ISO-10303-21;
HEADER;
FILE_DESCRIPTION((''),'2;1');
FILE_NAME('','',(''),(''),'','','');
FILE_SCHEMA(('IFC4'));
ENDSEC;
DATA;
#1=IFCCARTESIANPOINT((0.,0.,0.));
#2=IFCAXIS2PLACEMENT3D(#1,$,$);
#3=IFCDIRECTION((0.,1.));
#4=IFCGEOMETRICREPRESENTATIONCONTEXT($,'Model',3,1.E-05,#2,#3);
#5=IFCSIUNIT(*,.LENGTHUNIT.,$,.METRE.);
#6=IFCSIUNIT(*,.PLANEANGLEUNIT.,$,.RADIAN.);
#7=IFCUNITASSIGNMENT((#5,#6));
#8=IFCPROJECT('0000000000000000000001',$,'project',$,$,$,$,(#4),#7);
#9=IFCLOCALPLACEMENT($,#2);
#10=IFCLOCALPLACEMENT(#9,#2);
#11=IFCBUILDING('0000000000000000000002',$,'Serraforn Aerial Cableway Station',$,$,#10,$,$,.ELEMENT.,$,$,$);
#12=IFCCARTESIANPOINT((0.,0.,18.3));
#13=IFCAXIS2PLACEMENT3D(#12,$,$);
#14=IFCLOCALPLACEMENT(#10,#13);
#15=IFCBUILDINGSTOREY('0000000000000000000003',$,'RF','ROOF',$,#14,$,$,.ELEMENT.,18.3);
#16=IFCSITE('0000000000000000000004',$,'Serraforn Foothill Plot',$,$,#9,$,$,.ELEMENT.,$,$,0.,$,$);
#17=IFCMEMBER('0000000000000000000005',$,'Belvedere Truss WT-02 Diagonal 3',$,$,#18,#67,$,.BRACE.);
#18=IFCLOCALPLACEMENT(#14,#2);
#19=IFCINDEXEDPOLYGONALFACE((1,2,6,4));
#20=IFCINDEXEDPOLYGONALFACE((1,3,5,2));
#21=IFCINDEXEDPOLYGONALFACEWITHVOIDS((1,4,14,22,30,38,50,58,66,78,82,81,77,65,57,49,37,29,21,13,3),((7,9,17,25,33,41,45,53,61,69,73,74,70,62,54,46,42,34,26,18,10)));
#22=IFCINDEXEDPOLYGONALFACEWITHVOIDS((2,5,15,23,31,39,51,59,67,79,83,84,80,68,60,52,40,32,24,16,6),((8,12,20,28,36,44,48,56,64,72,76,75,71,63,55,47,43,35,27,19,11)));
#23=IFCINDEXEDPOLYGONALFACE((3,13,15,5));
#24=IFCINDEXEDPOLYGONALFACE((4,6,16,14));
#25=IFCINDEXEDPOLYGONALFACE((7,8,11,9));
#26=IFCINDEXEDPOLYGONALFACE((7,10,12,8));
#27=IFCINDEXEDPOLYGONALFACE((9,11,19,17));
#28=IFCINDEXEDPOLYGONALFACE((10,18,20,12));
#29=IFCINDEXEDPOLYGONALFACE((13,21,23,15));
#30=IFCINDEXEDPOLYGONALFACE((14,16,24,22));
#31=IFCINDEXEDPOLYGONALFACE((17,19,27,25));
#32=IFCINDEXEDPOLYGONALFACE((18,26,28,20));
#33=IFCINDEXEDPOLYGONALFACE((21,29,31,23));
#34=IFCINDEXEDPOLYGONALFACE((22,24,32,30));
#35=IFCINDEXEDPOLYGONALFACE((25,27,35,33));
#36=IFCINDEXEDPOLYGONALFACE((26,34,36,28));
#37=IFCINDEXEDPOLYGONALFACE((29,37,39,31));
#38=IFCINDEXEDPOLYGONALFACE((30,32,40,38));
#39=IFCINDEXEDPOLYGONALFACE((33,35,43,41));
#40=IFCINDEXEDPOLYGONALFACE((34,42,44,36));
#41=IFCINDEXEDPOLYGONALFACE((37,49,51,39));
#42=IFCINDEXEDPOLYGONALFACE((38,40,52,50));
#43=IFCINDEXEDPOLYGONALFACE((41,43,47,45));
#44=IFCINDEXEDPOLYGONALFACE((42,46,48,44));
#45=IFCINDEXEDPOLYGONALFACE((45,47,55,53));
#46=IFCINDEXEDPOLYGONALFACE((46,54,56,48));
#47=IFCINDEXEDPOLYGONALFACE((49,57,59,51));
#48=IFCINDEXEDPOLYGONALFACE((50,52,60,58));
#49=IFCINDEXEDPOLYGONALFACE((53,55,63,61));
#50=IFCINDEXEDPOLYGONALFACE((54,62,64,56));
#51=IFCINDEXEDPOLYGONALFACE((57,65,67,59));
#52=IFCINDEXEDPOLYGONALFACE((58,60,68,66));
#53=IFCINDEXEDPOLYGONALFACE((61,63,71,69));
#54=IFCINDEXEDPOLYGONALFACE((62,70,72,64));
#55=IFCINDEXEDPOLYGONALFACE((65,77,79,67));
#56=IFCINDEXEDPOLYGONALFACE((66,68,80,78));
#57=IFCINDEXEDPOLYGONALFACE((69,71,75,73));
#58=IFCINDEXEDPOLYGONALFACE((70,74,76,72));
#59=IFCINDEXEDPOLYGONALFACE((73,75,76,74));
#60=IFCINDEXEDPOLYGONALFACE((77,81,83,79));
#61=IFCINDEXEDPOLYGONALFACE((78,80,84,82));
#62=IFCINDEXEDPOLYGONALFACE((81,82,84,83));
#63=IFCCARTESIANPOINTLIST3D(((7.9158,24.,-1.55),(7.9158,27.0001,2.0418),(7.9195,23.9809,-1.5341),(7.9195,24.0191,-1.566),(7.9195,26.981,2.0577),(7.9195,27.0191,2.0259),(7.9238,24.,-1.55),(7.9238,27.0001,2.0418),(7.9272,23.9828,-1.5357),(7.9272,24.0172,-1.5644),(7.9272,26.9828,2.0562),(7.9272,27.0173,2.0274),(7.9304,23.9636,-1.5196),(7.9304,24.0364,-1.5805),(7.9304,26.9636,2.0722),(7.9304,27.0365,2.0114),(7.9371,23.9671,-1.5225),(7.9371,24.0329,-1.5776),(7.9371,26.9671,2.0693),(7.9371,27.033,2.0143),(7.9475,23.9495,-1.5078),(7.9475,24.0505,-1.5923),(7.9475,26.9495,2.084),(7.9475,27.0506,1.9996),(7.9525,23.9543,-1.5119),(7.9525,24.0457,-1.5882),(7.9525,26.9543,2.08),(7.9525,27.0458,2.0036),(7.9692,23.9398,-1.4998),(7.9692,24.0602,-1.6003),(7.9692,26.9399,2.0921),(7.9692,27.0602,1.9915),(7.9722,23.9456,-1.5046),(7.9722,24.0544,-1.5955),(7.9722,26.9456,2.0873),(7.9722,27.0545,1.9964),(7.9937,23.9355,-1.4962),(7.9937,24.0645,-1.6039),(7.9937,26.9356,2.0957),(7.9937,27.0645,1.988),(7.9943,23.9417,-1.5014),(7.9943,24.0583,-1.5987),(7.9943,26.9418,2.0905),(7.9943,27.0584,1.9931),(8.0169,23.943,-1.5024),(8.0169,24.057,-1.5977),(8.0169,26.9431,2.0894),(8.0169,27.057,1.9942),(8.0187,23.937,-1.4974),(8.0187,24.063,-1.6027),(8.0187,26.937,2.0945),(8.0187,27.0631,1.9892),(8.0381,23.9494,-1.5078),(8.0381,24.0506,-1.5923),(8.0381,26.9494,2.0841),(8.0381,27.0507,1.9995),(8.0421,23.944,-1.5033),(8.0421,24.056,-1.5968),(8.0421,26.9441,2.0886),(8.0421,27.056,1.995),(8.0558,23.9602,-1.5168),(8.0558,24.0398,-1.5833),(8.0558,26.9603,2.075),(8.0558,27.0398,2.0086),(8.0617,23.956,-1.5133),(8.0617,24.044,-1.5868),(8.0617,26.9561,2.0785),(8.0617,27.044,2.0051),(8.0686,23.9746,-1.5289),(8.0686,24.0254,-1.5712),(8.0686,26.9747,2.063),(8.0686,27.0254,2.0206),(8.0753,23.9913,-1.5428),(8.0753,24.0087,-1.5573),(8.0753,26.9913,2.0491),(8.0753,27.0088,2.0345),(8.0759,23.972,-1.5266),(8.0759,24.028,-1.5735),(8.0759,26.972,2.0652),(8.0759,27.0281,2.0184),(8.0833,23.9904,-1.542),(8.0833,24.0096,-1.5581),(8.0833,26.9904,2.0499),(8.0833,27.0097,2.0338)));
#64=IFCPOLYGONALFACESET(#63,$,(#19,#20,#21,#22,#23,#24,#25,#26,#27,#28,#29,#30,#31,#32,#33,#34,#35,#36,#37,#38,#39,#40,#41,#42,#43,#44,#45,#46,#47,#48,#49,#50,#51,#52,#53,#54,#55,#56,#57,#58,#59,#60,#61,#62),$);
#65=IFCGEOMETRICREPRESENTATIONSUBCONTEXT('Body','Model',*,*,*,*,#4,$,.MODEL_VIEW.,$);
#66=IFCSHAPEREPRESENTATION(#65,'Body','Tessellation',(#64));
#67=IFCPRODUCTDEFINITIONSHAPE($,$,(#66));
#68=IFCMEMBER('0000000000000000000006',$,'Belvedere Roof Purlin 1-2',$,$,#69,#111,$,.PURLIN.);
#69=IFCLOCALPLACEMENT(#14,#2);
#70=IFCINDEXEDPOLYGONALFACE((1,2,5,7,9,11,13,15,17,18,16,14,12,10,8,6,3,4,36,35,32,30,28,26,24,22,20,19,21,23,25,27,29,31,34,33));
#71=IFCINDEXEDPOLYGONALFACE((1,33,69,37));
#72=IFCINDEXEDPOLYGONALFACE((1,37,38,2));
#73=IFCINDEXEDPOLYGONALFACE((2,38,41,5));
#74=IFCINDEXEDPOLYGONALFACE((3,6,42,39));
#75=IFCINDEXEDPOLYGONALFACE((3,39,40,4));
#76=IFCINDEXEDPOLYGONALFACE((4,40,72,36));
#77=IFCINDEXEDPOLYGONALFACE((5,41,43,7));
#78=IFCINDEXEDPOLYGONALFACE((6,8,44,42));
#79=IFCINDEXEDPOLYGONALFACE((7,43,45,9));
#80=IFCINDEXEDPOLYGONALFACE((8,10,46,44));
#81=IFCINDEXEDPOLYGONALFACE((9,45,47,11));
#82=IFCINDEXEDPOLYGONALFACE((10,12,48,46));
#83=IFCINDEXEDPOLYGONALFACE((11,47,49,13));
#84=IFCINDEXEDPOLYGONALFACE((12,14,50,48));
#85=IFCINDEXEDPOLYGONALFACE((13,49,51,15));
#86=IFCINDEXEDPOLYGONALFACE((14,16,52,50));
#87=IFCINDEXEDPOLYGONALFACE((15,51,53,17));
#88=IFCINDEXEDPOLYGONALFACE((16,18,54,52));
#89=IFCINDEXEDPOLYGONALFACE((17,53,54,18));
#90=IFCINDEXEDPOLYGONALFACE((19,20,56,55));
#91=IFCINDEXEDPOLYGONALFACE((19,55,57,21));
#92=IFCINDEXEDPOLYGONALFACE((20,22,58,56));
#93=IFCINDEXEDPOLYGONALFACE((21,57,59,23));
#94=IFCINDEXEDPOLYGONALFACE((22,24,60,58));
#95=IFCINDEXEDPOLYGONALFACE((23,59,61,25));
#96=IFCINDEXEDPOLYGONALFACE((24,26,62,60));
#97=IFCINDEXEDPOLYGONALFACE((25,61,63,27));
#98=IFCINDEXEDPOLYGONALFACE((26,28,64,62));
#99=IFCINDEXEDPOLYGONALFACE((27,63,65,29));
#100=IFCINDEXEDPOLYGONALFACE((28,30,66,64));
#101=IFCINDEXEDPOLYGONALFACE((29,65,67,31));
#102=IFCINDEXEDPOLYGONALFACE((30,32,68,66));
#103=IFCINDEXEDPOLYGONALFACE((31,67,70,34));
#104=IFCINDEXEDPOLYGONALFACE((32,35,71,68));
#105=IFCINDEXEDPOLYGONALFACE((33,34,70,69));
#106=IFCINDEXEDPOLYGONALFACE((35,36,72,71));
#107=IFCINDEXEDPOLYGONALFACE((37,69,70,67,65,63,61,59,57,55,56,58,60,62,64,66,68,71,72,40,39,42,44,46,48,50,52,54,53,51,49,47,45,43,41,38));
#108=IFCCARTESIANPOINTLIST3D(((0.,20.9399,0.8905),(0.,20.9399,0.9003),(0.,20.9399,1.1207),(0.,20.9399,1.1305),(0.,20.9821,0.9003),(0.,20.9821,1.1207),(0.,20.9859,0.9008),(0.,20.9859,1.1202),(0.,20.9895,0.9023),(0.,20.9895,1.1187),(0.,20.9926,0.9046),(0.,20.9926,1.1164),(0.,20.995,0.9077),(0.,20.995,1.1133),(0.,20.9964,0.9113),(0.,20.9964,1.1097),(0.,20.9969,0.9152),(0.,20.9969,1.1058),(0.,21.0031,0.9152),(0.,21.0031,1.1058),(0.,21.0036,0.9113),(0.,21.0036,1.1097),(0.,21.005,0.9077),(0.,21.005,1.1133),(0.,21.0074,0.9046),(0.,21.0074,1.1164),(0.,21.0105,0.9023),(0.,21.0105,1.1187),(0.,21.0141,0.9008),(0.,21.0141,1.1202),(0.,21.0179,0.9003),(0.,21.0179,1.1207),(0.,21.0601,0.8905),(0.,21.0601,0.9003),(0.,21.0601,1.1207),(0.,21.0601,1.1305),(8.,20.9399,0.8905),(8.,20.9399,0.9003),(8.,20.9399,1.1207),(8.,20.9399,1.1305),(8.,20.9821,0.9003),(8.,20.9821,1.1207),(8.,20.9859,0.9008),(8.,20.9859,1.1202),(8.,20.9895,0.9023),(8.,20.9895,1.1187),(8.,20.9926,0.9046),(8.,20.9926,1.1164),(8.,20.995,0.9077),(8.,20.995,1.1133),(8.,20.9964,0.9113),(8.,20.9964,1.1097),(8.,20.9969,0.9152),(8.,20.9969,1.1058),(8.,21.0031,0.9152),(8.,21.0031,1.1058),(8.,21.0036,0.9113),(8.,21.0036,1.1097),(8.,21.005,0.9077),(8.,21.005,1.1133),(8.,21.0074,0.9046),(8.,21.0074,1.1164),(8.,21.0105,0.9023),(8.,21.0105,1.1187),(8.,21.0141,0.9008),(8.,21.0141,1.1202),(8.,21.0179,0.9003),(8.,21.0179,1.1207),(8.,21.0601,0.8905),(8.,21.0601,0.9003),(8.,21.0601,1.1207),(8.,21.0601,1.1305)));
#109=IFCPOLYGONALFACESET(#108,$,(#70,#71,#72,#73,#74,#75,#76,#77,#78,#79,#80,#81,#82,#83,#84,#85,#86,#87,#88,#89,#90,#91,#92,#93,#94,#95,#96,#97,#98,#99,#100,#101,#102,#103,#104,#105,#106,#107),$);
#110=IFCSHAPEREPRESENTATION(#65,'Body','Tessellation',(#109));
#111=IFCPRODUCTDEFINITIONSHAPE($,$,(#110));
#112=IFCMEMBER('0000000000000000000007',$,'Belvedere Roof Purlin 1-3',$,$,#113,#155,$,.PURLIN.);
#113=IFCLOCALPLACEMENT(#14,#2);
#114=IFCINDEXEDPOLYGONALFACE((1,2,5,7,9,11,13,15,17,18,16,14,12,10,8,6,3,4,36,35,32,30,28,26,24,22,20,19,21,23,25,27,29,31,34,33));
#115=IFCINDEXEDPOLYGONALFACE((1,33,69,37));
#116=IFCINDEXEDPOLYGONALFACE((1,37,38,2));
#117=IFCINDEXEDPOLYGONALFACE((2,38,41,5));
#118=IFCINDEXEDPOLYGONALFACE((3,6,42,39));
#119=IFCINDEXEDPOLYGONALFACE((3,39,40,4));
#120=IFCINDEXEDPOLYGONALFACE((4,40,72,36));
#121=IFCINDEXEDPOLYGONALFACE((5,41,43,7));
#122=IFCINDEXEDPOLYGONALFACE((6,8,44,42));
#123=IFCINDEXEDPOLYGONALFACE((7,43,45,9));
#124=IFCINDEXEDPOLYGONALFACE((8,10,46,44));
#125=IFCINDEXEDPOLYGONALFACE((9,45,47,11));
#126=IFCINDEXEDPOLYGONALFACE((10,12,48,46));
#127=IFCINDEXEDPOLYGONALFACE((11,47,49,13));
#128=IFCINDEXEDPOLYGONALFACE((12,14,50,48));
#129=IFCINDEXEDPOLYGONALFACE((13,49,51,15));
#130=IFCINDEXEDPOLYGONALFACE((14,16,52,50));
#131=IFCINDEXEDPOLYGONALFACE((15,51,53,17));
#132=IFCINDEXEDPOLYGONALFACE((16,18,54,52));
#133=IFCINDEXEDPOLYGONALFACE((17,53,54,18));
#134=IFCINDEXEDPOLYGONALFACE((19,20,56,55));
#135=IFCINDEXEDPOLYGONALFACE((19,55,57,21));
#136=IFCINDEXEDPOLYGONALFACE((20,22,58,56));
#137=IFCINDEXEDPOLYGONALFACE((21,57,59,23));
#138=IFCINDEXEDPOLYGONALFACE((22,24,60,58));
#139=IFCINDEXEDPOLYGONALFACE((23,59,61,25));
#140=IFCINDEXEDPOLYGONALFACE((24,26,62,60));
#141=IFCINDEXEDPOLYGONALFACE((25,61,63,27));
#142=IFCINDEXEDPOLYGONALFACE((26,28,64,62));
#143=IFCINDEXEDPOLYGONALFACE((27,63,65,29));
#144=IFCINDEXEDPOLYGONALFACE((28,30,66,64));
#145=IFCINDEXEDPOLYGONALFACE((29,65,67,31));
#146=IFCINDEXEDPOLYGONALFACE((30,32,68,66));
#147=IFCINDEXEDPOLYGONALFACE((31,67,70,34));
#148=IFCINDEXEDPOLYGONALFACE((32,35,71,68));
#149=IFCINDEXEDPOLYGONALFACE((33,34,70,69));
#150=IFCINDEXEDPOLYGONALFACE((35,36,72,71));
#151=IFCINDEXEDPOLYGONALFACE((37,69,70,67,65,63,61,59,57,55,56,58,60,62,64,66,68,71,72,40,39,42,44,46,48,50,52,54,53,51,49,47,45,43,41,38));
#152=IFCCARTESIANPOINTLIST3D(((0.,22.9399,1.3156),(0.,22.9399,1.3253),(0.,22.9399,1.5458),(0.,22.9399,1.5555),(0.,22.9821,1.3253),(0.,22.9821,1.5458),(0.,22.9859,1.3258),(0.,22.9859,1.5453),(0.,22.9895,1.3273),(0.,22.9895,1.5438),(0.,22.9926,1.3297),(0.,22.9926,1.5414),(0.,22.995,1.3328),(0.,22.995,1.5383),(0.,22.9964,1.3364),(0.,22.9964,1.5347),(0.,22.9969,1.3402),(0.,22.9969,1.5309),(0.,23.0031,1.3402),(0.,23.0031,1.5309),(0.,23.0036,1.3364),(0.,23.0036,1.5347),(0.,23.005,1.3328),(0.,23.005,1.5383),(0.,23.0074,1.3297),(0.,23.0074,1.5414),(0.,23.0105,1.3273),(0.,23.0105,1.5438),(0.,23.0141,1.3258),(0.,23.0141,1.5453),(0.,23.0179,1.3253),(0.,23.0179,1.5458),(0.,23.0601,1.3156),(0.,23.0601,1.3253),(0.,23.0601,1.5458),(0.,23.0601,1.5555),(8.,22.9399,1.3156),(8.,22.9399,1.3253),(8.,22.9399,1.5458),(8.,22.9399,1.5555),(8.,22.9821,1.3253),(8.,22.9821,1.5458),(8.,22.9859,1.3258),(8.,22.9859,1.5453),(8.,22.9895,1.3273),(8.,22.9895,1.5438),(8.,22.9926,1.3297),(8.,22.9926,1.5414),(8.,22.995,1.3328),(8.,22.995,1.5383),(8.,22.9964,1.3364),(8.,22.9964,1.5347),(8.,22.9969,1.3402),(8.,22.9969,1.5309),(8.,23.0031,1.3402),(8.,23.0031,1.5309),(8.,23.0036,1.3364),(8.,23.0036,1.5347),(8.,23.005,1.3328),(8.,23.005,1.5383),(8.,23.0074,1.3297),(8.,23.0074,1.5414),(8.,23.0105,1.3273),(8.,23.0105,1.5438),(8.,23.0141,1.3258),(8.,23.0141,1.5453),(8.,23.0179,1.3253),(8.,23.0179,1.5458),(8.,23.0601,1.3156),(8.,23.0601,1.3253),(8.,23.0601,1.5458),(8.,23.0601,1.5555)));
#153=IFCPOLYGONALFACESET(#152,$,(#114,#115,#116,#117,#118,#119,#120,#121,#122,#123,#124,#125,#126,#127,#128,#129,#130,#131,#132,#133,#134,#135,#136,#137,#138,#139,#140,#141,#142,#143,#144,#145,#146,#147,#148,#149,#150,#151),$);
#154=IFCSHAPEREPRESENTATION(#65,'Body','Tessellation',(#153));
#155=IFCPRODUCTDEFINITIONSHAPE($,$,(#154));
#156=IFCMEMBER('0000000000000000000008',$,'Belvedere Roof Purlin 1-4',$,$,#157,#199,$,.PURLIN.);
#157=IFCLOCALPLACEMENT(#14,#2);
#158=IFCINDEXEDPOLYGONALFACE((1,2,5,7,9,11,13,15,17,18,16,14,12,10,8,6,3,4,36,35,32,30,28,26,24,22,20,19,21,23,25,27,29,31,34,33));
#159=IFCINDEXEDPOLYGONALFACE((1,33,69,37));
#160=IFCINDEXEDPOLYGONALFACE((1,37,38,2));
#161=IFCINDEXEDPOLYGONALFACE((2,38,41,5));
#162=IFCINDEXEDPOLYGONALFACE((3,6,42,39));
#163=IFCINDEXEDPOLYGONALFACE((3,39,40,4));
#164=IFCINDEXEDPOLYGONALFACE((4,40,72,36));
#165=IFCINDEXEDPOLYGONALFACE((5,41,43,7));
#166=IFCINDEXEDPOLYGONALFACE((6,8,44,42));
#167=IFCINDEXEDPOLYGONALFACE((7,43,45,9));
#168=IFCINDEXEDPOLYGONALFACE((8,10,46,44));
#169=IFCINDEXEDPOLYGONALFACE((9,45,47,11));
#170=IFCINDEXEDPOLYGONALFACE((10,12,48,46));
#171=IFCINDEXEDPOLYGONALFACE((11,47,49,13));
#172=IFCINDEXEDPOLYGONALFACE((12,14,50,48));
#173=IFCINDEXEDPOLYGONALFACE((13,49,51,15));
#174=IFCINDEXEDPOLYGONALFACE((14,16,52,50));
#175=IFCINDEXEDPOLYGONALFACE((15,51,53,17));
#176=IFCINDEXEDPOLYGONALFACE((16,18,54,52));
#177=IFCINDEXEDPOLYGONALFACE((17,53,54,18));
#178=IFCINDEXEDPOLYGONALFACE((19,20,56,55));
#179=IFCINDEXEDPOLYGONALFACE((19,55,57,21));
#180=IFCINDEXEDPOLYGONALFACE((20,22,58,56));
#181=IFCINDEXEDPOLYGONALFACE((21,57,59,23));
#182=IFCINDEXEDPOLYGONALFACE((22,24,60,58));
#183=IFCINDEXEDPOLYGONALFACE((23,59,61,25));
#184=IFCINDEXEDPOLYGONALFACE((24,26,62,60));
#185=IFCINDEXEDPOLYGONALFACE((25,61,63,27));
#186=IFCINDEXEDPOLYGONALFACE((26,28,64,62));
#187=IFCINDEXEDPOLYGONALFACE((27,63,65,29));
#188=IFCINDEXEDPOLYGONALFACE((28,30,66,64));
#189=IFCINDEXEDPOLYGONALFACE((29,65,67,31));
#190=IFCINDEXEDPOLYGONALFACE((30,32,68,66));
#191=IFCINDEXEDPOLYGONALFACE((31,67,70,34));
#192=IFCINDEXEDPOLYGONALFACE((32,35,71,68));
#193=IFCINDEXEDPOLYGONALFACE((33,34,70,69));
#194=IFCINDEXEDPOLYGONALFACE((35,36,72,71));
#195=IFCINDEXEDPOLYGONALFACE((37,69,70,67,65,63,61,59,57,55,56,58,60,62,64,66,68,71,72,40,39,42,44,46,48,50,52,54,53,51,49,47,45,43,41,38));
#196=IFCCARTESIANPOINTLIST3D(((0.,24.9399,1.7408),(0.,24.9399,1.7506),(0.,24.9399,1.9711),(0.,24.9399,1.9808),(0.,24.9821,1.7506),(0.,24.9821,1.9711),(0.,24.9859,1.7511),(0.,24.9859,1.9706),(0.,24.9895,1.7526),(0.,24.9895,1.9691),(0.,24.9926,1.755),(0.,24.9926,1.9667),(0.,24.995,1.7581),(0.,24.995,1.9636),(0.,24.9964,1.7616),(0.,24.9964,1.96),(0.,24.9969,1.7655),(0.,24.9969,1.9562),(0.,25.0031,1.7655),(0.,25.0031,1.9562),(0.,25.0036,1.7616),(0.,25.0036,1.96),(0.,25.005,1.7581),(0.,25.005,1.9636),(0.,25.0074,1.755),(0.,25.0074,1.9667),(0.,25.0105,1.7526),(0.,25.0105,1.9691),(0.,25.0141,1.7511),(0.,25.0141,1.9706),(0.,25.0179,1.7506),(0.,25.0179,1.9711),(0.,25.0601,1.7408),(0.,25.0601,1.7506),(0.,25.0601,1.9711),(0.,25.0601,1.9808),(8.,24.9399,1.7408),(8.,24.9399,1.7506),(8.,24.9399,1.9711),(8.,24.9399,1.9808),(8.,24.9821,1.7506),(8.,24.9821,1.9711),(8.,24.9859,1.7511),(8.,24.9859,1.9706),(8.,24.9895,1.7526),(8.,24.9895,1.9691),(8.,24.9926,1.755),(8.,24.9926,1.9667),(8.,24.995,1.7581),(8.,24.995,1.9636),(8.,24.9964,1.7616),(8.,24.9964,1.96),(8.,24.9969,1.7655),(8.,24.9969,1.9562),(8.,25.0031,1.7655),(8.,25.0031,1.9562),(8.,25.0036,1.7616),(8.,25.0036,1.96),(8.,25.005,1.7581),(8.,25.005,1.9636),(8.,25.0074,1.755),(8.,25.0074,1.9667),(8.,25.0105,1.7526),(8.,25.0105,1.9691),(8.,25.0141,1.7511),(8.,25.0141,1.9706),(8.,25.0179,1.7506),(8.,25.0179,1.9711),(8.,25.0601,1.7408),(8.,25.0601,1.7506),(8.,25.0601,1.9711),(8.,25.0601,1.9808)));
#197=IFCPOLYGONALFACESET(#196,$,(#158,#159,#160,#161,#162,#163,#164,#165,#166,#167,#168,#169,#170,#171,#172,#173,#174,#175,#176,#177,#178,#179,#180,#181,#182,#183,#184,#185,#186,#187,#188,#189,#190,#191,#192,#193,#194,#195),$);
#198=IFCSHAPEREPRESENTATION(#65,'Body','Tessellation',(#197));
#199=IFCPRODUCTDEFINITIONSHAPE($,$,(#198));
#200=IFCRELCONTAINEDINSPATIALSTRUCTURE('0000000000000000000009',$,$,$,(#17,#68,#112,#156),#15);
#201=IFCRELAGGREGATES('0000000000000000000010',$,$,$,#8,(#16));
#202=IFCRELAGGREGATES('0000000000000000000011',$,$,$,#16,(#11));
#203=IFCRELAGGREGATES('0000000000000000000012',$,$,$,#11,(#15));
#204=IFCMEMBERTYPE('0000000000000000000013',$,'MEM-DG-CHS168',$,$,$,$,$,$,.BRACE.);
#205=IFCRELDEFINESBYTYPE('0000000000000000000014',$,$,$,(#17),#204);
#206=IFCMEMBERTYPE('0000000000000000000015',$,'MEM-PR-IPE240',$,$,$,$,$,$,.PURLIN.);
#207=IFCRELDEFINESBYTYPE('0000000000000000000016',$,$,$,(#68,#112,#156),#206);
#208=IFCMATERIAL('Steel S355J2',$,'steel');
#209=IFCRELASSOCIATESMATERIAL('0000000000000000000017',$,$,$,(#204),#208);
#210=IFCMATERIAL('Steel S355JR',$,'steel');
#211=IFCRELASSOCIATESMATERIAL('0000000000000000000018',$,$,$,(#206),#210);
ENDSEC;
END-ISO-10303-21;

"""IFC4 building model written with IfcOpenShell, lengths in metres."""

from ifc_helpers import new_model, si_unit, direction, frame, origin, origin_2d, place, context, subcontext, project, spatial, hollow_circle, i_section, extrude, material, material_profile, profile_set, type_object, element, save


model = new_model("IFC4")

# Units and contexts
model_context = context("Model", 3, precision=1e-05, world=origin(), true_north=direction((0.0, 1.0)))
body_context = subcontext(model_context, "Body", "Model", "MODEL_VIEW")
ifc_project = project(units=[si_unit("LENGTHUNIT", "METRE"), si_unit("PLANEANGLEUNIT", "RADIAN")], contexts=[model_context])

# Site, building, storey
site_placement = place(None, origin())
site = spatial("IfcSite", under=ifc_project, at=site_placement, Name="Serraforn Foothill Plot", CompositionType="ELEMENT", RefElevation=0.0)
building_placement = place(site_placement, origin())
building = spatial("IfcBuilding", under=site, at=building_placement, Name="Serraforn Aerial Cableway Station", CompositionType="ELEMENT")
storey_placement = place(building_placement, frame((0.0, 0.0, 18.3)))
storey = spatial("IfcBuildingStorey", under=building, at=storey_placement, Name="RF", Description="ROOF", CompositionType="ELEMENT", Elevation=18.3)

# Members
ifc_material_1 = material(Name="Steel S355J2", Category="steel")
ifc_material_profile_1 = material_profile(ifc_material_1, hollow_circle(Radius=0.0842, WallThickness=0.0081, at=origin_2d()), Name="CHS 168.3x8.0")
ifc_profile_set_1 = profile_set([ifc_material_profile_1], Name="Steel S355J2")
member_type_1 = type_object("IfcMemberType", Name="MEM-DG-CHS168", PredefinedType="BRACE", material=ifc_profile_set_1)
member_1_placement = place(storey_placement, frame((8.0, 24.0, -1.55), z_axis=(0.0, 0.641046, 0.767502), x_axis=(-1.0, 0.0, 0.0)))
element("IfcMember", 1, at=member_1_placement, inside=storey, type_object=member_type_1, Name="Belvedere Truss WT-02 Diagonal 3", PredefinedType="BRACE", context=body_context, shape_type="SweptSolid", body=[
    extrude(hollow_circle(Radius=0.0842, WallThickness=0.0081, at=origin_2d()), origin(), (0.0, 0.0, 1.0), 4.6799),
])
ifc_material_2 = material(Name="Steel S355JR", Category="steel")
ifc_material_profile_2 = material_profile(ifc_material_2, i_section(OverallWidth=0.1201, OverallDepth=0.24, WebThickness=0.0061, FlangeThickness=0.0098, FilletRadius=0.0149, at=origin_2d()), Name="IPE 240")
ifc_profile_set_2 = profile_set([ifc_material_profile_2], Name="Steel S355JR")
member_type_2 = type_object("IfcMemberType", Name="MEM-PR-IPE240", PredefinedType="PURLIN", material=ifc_profile_set_2)
for number, where, z_axis, x_axis, name in (
    (2, (0.0, 21.0, 1.0105), (1.0, 0.0, 0.0), (0.0, 1.0, 0.0), "Belvedere Roof Purlin 1-2"),
    (3, (0.0, 23.0, 1.4355), (1.0, 0.0, 0.0), (0.0, 1.0, 0.0), "Belvedere Roof Purlin 1-3"),
    (4, (0.0, 25.0, 1.8608), (1.0, 0.0, 0.0), (0.0, 1.0, 0.0), "Belvedere Roof Purlin 1-4"),
):
    element("IfcMember", number, at=place(storey_placement, frame(where, z_axis=z_axis, x_axis=x_axis)), inside=storey, type_object=member_type_2, Name=name, PredefinedType="PURLIN", context=body_context, shape_type="SweptSolid", body=[
        extrude(i_section(OverallWidth=0.1201, OverallDepth=0.24, WebThickness=0.0061, FlangeThickness=0.0098, FilletRadius=0.0149, at=origin_2d()), origin(), (0.0, 0.0, 1.0), 8.0),
    ])

save(model, "model.ifc")
